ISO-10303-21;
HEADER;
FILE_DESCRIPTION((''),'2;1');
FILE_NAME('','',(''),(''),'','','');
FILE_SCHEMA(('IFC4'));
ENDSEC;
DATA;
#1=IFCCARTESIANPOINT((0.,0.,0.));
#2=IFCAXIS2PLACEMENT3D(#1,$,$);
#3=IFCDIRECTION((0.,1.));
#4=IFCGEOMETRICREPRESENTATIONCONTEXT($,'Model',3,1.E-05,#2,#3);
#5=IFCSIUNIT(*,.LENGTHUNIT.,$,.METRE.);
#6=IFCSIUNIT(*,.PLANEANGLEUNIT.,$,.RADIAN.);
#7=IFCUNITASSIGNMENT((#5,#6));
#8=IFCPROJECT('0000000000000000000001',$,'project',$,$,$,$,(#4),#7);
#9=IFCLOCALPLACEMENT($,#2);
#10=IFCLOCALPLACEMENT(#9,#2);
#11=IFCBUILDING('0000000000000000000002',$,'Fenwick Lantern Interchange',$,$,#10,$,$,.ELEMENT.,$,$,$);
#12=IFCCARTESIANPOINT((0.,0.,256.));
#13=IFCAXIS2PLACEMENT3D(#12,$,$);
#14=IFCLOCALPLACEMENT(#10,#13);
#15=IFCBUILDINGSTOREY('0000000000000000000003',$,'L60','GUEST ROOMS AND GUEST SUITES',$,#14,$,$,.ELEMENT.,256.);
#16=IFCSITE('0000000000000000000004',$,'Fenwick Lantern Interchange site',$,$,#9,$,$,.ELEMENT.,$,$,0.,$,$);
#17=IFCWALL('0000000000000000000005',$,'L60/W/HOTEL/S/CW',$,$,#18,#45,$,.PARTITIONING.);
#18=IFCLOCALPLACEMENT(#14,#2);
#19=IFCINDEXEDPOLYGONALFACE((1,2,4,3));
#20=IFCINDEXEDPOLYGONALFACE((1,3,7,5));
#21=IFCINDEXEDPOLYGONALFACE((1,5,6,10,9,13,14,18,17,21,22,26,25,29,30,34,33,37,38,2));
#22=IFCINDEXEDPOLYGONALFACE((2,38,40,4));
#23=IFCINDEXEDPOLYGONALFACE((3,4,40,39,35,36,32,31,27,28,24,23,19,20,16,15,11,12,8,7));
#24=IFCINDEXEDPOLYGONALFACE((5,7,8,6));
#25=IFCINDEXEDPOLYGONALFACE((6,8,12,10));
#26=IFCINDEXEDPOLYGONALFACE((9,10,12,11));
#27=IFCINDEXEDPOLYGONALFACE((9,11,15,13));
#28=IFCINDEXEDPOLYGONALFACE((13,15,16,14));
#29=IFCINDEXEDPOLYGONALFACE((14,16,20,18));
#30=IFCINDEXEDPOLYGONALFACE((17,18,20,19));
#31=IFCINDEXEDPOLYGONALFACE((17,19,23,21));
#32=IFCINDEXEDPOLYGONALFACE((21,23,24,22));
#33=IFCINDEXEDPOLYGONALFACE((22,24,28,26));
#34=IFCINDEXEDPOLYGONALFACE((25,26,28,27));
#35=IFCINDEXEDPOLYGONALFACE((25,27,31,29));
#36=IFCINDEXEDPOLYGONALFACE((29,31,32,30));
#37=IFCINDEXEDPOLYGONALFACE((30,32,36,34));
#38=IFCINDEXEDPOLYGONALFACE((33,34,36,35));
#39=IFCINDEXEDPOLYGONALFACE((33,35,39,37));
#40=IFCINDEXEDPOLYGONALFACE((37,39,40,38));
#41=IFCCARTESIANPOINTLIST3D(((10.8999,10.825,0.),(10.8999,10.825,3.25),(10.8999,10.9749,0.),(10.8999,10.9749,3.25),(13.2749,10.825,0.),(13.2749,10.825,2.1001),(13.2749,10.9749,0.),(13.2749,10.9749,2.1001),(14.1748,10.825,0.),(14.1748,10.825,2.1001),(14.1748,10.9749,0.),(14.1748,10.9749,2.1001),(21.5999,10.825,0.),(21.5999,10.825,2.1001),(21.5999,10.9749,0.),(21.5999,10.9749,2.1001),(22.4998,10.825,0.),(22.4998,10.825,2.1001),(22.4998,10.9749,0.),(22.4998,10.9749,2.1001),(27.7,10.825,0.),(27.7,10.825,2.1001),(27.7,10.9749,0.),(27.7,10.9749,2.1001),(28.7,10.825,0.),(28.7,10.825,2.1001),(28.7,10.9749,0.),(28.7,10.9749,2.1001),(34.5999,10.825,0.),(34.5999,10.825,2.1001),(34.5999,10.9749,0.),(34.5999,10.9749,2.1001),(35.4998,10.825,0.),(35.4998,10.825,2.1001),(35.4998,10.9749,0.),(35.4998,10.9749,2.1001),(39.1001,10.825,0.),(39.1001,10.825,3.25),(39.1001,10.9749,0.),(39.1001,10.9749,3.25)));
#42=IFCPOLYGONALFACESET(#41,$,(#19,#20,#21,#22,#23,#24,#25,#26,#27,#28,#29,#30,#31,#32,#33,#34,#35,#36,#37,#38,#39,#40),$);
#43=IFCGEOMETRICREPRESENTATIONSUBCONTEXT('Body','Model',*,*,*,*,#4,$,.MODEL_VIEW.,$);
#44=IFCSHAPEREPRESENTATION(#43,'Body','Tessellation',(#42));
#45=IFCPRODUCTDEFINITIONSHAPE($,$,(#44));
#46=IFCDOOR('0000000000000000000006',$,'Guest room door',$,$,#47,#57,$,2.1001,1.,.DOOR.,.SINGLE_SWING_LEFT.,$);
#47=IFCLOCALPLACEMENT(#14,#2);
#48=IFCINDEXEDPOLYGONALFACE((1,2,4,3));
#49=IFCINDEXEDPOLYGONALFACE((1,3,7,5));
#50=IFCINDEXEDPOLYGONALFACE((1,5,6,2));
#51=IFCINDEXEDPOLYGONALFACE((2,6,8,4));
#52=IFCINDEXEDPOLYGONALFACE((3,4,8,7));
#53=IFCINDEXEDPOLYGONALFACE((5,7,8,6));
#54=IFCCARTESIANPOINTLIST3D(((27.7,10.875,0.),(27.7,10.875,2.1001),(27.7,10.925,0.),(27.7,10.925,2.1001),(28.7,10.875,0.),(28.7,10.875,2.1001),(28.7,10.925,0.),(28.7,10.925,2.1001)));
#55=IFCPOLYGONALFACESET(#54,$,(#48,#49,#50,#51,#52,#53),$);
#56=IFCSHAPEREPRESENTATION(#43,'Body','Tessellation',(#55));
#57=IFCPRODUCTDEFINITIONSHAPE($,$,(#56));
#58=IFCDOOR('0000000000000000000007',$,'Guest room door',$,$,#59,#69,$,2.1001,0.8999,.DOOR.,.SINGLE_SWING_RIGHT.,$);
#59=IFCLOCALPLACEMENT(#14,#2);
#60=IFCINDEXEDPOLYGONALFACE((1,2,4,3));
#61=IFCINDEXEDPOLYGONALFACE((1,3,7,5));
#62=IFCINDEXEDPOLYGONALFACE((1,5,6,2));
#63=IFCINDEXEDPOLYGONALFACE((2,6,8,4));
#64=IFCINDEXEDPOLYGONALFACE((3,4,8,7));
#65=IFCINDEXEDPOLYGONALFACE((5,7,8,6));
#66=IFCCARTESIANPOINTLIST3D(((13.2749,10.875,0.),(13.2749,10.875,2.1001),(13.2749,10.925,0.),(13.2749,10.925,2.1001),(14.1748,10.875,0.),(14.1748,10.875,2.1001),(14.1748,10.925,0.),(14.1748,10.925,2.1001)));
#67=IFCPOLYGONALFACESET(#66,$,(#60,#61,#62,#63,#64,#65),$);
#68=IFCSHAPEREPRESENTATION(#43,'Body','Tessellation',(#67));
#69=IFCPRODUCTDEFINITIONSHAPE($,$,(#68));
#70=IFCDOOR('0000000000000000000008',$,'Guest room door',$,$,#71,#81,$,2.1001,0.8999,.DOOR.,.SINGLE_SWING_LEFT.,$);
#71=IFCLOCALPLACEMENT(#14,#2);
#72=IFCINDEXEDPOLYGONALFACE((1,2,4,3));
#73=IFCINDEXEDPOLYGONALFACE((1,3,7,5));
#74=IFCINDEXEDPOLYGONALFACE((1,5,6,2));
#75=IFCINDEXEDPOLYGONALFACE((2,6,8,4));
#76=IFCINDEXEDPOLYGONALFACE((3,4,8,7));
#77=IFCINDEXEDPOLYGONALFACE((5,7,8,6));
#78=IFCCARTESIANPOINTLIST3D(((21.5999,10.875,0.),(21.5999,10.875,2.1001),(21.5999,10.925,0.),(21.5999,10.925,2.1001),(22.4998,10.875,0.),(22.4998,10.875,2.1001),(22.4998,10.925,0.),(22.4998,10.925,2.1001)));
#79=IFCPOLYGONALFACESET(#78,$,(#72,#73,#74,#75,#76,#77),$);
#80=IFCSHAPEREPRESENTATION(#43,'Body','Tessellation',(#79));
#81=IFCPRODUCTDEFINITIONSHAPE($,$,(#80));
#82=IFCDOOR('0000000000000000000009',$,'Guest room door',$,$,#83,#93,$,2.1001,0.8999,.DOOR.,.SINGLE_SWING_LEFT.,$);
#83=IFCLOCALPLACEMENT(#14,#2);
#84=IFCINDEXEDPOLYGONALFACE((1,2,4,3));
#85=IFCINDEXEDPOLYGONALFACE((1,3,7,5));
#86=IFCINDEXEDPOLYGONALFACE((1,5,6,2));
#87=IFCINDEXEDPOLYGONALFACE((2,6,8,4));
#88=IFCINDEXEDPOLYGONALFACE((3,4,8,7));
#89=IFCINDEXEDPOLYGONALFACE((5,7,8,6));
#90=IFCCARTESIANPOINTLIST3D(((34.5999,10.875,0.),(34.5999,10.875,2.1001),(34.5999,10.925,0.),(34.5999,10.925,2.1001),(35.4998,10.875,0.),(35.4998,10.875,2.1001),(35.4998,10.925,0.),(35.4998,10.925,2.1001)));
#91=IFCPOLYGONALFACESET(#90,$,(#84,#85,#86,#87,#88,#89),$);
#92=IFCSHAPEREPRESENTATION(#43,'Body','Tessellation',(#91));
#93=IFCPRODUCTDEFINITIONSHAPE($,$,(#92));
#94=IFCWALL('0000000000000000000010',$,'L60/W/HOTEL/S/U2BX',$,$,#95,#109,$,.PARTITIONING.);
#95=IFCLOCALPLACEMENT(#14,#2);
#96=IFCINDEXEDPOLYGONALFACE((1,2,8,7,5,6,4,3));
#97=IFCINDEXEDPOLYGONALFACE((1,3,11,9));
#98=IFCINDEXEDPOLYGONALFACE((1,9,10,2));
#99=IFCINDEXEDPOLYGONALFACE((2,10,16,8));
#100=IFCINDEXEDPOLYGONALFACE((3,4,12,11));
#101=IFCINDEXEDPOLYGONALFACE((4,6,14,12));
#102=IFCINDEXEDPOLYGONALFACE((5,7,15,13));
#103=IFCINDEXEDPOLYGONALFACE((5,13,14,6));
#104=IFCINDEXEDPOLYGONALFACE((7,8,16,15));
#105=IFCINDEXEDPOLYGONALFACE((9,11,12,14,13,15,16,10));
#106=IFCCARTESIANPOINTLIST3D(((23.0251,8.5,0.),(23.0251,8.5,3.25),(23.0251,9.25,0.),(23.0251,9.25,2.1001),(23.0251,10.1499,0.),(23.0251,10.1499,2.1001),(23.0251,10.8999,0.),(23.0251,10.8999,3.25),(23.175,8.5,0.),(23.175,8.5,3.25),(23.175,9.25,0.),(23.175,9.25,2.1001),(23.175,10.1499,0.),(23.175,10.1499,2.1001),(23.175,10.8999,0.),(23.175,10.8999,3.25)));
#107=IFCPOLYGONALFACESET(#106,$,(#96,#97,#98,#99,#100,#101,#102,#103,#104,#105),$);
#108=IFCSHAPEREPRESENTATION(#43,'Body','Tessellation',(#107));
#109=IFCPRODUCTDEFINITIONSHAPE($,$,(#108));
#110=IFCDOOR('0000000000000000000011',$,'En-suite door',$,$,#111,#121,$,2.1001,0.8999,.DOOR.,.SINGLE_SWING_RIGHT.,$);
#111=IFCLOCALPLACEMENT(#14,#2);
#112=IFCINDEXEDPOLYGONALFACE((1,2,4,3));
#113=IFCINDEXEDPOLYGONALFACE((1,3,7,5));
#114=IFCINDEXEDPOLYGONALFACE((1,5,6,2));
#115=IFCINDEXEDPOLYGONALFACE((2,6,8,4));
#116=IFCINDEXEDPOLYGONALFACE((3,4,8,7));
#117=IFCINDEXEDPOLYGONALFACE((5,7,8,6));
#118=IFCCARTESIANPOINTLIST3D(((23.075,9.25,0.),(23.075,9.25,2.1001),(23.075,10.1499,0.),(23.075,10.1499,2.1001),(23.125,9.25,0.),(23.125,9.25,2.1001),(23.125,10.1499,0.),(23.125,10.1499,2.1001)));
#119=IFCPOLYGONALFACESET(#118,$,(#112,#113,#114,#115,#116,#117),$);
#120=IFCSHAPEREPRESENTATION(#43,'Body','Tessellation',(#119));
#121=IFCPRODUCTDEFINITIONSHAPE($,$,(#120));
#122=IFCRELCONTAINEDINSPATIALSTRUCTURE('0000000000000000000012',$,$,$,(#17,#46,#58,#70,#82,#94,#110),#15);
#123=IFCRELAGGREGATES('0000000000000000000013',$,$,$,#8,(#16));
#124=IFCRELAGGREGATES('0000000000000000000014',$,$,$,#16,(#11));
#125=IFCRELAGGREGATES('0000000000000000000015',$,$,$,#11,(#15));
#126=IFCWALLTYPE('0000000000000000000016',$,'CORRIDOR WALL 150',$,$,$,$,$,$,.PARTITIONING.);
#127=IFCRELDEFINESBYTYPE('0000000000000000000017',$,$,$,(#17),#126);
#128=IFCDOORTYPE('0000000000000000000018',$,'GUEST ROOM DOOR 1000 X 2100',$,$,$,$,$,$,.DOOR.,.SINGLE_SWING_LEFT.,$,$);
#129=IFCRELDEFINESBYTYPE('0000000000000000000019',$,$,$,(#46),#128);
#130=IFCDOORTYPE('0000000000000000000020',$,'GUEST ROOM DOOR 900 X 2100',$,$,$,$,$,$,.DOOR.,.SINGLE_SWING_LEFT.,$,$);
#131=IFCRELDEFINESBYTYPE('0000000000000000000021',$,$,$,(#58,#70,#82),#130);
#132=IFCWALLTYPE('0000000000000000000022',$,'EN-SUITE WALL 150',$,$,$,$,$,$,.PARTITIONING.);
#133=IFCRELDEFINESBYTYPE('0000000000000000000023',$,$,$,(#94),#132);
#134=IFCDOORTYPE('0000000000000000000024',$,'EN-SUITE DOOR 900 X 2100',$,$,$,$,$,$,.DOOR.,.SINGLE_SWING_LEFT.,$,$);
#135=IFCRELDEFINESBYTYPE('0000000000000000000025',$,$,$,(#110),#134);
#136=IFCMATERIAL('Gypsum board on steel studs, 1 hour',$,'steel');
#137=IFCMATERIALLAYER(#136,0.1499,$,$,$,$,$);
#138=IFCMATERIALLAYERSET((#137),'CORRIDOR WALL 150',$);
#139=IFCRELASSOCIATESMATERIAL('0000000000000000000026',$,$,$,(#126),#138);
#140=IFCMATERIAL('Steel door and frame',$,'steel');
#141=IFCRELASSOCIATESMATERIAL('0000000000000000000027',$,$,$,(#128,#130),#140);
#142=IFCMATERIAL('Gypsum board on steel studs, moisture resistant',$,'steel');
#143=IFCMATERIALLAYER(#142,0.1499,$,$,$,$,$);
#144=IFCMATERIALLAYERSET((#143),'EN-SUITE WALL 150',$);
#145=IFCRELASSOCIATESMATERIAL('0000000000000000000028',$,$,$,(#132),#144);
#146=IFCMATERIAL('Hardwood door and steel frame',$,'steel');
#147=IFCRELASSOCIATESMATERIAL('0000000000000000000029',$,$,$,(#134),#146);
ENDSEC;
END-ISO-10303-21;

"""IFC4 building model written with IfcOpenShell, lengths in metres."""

from ifc_helpers import new_model, si_unit, direction, frame, frame_2d, origin, place, context, subcontext, project, spatial, rectangle, extrude, material, layer, layer_set, type_object, element, fill, save


model = new_model("IFC4")

# Units and contexts
model_context = context("Model", 3, precision=1e-05, world=origin(), true_north=direction((0.0, 1.0)))
body_context = subcontext(model_context, "Body", "Model", "MODEL_VIEW")
ifc_project = project(units=[si_unit("LENGTHUNIT", "METRE"), si_unit("PLANEANGLEUNIT", "RADIAN")], contexts=[model_context])

# Site, building, storey
site_placement = place(None, origin())
site = spatial("IfcSite", under=ifc_project, at=site_placement, Name="Fenwick Lantern Interchange site", CompositionType="ELEMENT", RefElevation=0.0)
building_placement = place(site_placement, origin())
building = spatial("IfcBuilding", under=site, at=building_placement, Name="Fenwick Lantern Interchange", CompositionType="ELEMENT")
storey_placement = place(building_placement, frame((0.0, 0.0, 256.0)))
storey = spatial("IfcBuildingStorey", under=building, at=storey_placement, Name="L60", Description="GUEST ROOMS AND GUEST SUITES", CompositionType="ELEMENT", Elevation=256.0)

# Shared definitions
ifc_material_1 = material(Name="Steel door and frame", Category="steel")

# Wall, openings, doors
ifc_material_2 = material(Name="Hardwood door and steel frame", Category="steel")
ifc_material_3 = material(Name="Gypsum board on steel studs, 1 hour", Category="steel")
ifc_layer_1 = layer(ifc_material_3, 0.1499)
ifc_layer_set_1 = layer_set([ifc_layer_1], Name="CORRIDOR WALL 150")
wall_type_1 = type_object("IfcWallType", Name="CORRIDOR WALL 150", PredefinedType="PARTITIONING", material=ifc_layer_set_1)
wall_1_placement = place(storey_placement, frame((10.8999, 10.8999, 0.0), z_axis=(0.0, 0.0, 1.0), x_axis=(1.0, 0.0, 0.0)))
wall_1 = element("IfcWall", 1, at=wall_1_placement, inside=storey, type_object=wall_type_1, Name="L60/W/HOTEL/S/CW", PredefinedType="PARTITIONING", context=body_context, shape_type="SweptSolid", body=[
    extrude(rectangle(XDim=28.2002, YDim=0.1499, at=frame_2d((14.1001, 0.0))), origin(), (0.0, 0.0, 1.0), 3.25),
])
opening_1_placement = place(wall_1_placement, frame((2.375, 0.0, 0.0)))
opening_1 = element("IfcOpeningElement", 2, at=opening_1_placement, cuts=wall_1, PredefinedType="OPENING", context=body_context, shape_type="SweptSolid", body=[
    extrude(rectangle(XDim=0.8999, YDim=2.1001, at=frame_2d((0.45, 1.05))), frame((0.0, 0.085, 0.0), z_axis=(0.0, -1.0, 0.0), x_axis=(1.0, 0.0, 0.0)), (0.0, 0.0, 1.0), 0.1699),
])
opening_2_placement = place(wall_1_placement, frame((10.7, 0.0, 0.0)))
opening_2 = element("IfcOpeningElement", 3, at=opening_2_placement, cuts=wall_1, PredefinedType="OPENING", context=body_context, shape_type="SweptSolid", body=[
    extrude(rectangle(XDim=0.8999, YDim=2.1001, at=frame_2d((0.45, 1.05))), frame((0.0, 0.085, 0.0), z_axis=(0.0, -1.0, 0.0), x_axis=(1.0, 0.0, 0.0)), (0.0, 0.0, 1.0), 0.1699),
])
opening_3_placement = place(wall_1_placement, frame((16.8, 0.0, 0.0)))
opening_3 = element("IfcOpeningElement", 4, at=opening_3_placement, cuts=wall_1, PredefinedType="OPENING", context=body_context, shape_type="SweptSolid", body=[
    extrude(rectangle(XDim=1.0, YDim=2.1001, at=frame_2d((0.5, 1.05))), frame((0.0, 0.085, 0.0), z_axis=(0.0, -1.0, 0.0), x_axis=(1.0, 0.0, 0.0)), (0.0, 0.0, 1.0), 0.1699),
])
opening_4_placement = place(wall_1_placement, frame((23.7, 0.0, 0.0)))
opening_4 = element("IfcOpeningElement", 5, at=opening_4_placement, cuts=wall_1, PredefinedType="OPENING", context=body_context, shape_type="SweptSolid", body=[
    extrude(rectangle(XDim=0.8999, YDim=2.1001, at=frame_2d((0.45, 1.05))), frame((0.0, 0.085, 0.0), z_axis=(0.0, -1.0, 0.0), x_axis=(1.0, 0.0, 0.0)), (0.0, 0.0, 1.0), 0.1699),
])
door_type_1 = type_object("IfcDoorType", Name="GUEST ROOM DOOR 1000 X 2100", OperationType="SINGLE_SWING_LEFT", PredefinedType="DOOR", material=ifc_material_1)
door_1_placement = place(opening_3_placement, frame((1.0, 0.0, 0.0), z_axis=(0.0, 0.0, 1.0), x_axis=(-1.0, 0.0, 0.0)))
door_1 = element("IfcDoor", 6, at=door_1_placement, inside=storey, type_object=door_type_1, Name="Guest room door", OperationType="SINGLE_SWING_LEFT", OverallHeight=2.1001, OverallWidth=1.0, PredefinedType="DOOR", context=body_context, shape_type="SweptSolid", body=[
    extrude(rectangle(XDim=1.0, YDim=2.1001, at=frame_2d((0.5, 1.05))), frame((0.0, 0.0249, 0.0), z_axis=(0.0, -1.0, 0.0), x_axis=(1.0, 0.0, 0.0)), (0.0, 0.0, 1.0), 0.05),
])
fill(opening_3, door_1)
door_type_2 = type_object("IfcDoorType", Name="GUEST ROOM DOOR 900 X 2100", OperationType="SINGLE_SWING_LEFT", PredefinedType="DOOR", material=ifc_material_1)
door_2_placement = place(opening_1_placement, frame((0.8999, 0.0, 0.0), z_axis=(0.0, 0.0, 1.0), x_axis=(-1.0, 0.0, 0.0)))
door_2 = element("IfcDoor", 7, at=door_2_placement, inside=storey, type_object=door_type_2, Name="Guest room door", OperationType="SINGLE_SWING_RIGHT", OverallHeight=2.1001, OverallWidth=0.8999, PredefinedType="DOOR", context=body_context, shape_type="SweptSolid", body=[
    extrude(rectangle(XDim=0.8999, YDim=2.1001, at=frame_2d((0.45, 1.05))), frame((0.0, 0.0249, 0.0), z_axis=(0.0, -1.0, 0.0), x_axis=(1.0, 0.0, 0.0)), (0.0, 0.0, 1.0), 0.05),
])
fill(opening_1, door_2)
door_3_placement = place(opening_2_placement, frame((0.8999, 0.0, 0.0), z_axis=(0.0, 0.0, 1.0), x_axis=(-1.0, 0.0, 0.0)))
door_3 = element("IfcDoor", 8, at=door_3_placement, inside=storey, type_object=door_type_2, Name="Guest room door", OperationType="SINGLE_SWING_LEFT", OverallHeight=2.1001, OverallWidth=0.8999, PredefinedType="DOOR", context=body_context, shape_type="SweptSolid", body=[
    extrude(rectangle(XDim=0.8999, YDim=2.1001, at=frame_2d((0.45, 1.05))), frame((0.0, 0.0249, 0.0), z_axis=(0.0, -1.0, 0.0), x_axis=(1.0, 0.0, 0.0)), (0.0, 0.0, 1.0), 0.05),
])
fill(opening_2, door_3)
door_4_placement = place(opening_4_placement, frame((0.8999, 0.0, 0.0), z_axis=(0.0, 0.0, 1.0), x_axis=(-1.0, 0.0, 0.0)))
door_4 = element("IfcDoor", 9, at=door_4_placement, inside=storey, type_object=door_type_2, Name="Guest room door", OperationType="SINGLE_SWING_LEFT", OverallHeight=2.1001, OverallWidth=0.8999, PredefinedType="DOOR", context=body_context, shape_type="SweptSolid", body=[
    extrude(rectangle(XDim=0.8999, YDim=2.1001, at=frame_2d((0.45, 1.05))), frame((0.0, 0.0249, 0.0), z_axis=(0.0, -1.0, 0.0), x_axis=(1.0, 0.0, 0.0)), (0.0, 0.0, 1.0), 0.05),
])
fill(opening_4, door_4)

# Wall, opening, door
ifc_material_4 = material(Name="Gypsum board on steel studs, moisture resistant", Category="steel")
ifc_layer_2 = layer(ifc_material_4, 0.1499)
ifc_layer_set_2 = layer_set([ifc_layer_2], Name="EN-SUITE WALL 150")
wall_type_2 = type_object("IfcWallType", Name="EN-SUITE WALL 150", PredefinedType="PARTITIONING", material=ifc_layer_set_2)
wall_2_placement = place(storey_placement, frame((23.1001, 8.5, 0.0), z_axis=(0.0, 0.0, 1.0), x_axis=(0.0, 1.0, 0.0)))
wall_2 = element("IfcWall", 10, at=wall_2_placement, inside=storey, type_object=wall_type_2, Name="L60/W/HOTEL/S/U2BX", PredefinedType="PARTITIONING", context=body_context, shape_type="SweptSolid", body=[
    extrude(rectangle(XDim=2.3999, YDim=0.1499, at=frame_2d((1.2, 0.0))), origin(), (0.0, 0.0, 1.0), 3.25),
])
opening_5_placement = place(wall_2_placement, frame((0.75, 0.0, 0.0)))
opening_5 = element("IfcOpeningElement", 11, at=opening_5_placement, cuts=wall_2, PredefinedType="OPENING", context=body_context, shape_type="SweptSolid", body=[
    extrude(rectangle(XDim=0.8999, YDim=2.1001, at=frame_2d((0.45, 1.05))), frame((0.0, 0.085, 0.0), z_axis=(0.0, -1.0, 0.0), x_axis=(1.0, 0.0, 0.0)), (0.0, 0.0, 1.0), 0.1699),
])
door_type_3 = type_object("IfcDoorType", Name="EN-SUITE DOOR 900 X 2100", OperationType="SINGLE_SWING_LEFT", PredefinedType="DOOR", material=ifc_material_2)
door_5_placement = place(opening_5_placement, frame((0.8999, 0.0, 0.0), z_axis=(0.0, 0.0, 1.0), x_axis=(-1.0, 0.0, 0.0)))
door_5 = element("IfcDoor", 12, at=door_5_placement, inside=storey, type_object=door_type_3, Name="En-suite door", OperationType="SINGLE_SWING_RIGHT", OverallHeight=2.1001, OverallWidth=0.8999, PredefinedType="DOOR", context=body_context, shape_type="SweptSolid", body=[
    extrude(rectangle(XDim=0.8999, YDim=2.1001, at=frame_2d((0.45, 1.05))), frame((0.0, 0.0249, 0.0), z_axis=(0.0, -1.0, 0.0), x_axis=(1.0, 0.0, 0.0)), (0.0, 0.0, 1.0), 0.05),
])
fill(opening_5, door_5)

save(model, "model.ifc")
